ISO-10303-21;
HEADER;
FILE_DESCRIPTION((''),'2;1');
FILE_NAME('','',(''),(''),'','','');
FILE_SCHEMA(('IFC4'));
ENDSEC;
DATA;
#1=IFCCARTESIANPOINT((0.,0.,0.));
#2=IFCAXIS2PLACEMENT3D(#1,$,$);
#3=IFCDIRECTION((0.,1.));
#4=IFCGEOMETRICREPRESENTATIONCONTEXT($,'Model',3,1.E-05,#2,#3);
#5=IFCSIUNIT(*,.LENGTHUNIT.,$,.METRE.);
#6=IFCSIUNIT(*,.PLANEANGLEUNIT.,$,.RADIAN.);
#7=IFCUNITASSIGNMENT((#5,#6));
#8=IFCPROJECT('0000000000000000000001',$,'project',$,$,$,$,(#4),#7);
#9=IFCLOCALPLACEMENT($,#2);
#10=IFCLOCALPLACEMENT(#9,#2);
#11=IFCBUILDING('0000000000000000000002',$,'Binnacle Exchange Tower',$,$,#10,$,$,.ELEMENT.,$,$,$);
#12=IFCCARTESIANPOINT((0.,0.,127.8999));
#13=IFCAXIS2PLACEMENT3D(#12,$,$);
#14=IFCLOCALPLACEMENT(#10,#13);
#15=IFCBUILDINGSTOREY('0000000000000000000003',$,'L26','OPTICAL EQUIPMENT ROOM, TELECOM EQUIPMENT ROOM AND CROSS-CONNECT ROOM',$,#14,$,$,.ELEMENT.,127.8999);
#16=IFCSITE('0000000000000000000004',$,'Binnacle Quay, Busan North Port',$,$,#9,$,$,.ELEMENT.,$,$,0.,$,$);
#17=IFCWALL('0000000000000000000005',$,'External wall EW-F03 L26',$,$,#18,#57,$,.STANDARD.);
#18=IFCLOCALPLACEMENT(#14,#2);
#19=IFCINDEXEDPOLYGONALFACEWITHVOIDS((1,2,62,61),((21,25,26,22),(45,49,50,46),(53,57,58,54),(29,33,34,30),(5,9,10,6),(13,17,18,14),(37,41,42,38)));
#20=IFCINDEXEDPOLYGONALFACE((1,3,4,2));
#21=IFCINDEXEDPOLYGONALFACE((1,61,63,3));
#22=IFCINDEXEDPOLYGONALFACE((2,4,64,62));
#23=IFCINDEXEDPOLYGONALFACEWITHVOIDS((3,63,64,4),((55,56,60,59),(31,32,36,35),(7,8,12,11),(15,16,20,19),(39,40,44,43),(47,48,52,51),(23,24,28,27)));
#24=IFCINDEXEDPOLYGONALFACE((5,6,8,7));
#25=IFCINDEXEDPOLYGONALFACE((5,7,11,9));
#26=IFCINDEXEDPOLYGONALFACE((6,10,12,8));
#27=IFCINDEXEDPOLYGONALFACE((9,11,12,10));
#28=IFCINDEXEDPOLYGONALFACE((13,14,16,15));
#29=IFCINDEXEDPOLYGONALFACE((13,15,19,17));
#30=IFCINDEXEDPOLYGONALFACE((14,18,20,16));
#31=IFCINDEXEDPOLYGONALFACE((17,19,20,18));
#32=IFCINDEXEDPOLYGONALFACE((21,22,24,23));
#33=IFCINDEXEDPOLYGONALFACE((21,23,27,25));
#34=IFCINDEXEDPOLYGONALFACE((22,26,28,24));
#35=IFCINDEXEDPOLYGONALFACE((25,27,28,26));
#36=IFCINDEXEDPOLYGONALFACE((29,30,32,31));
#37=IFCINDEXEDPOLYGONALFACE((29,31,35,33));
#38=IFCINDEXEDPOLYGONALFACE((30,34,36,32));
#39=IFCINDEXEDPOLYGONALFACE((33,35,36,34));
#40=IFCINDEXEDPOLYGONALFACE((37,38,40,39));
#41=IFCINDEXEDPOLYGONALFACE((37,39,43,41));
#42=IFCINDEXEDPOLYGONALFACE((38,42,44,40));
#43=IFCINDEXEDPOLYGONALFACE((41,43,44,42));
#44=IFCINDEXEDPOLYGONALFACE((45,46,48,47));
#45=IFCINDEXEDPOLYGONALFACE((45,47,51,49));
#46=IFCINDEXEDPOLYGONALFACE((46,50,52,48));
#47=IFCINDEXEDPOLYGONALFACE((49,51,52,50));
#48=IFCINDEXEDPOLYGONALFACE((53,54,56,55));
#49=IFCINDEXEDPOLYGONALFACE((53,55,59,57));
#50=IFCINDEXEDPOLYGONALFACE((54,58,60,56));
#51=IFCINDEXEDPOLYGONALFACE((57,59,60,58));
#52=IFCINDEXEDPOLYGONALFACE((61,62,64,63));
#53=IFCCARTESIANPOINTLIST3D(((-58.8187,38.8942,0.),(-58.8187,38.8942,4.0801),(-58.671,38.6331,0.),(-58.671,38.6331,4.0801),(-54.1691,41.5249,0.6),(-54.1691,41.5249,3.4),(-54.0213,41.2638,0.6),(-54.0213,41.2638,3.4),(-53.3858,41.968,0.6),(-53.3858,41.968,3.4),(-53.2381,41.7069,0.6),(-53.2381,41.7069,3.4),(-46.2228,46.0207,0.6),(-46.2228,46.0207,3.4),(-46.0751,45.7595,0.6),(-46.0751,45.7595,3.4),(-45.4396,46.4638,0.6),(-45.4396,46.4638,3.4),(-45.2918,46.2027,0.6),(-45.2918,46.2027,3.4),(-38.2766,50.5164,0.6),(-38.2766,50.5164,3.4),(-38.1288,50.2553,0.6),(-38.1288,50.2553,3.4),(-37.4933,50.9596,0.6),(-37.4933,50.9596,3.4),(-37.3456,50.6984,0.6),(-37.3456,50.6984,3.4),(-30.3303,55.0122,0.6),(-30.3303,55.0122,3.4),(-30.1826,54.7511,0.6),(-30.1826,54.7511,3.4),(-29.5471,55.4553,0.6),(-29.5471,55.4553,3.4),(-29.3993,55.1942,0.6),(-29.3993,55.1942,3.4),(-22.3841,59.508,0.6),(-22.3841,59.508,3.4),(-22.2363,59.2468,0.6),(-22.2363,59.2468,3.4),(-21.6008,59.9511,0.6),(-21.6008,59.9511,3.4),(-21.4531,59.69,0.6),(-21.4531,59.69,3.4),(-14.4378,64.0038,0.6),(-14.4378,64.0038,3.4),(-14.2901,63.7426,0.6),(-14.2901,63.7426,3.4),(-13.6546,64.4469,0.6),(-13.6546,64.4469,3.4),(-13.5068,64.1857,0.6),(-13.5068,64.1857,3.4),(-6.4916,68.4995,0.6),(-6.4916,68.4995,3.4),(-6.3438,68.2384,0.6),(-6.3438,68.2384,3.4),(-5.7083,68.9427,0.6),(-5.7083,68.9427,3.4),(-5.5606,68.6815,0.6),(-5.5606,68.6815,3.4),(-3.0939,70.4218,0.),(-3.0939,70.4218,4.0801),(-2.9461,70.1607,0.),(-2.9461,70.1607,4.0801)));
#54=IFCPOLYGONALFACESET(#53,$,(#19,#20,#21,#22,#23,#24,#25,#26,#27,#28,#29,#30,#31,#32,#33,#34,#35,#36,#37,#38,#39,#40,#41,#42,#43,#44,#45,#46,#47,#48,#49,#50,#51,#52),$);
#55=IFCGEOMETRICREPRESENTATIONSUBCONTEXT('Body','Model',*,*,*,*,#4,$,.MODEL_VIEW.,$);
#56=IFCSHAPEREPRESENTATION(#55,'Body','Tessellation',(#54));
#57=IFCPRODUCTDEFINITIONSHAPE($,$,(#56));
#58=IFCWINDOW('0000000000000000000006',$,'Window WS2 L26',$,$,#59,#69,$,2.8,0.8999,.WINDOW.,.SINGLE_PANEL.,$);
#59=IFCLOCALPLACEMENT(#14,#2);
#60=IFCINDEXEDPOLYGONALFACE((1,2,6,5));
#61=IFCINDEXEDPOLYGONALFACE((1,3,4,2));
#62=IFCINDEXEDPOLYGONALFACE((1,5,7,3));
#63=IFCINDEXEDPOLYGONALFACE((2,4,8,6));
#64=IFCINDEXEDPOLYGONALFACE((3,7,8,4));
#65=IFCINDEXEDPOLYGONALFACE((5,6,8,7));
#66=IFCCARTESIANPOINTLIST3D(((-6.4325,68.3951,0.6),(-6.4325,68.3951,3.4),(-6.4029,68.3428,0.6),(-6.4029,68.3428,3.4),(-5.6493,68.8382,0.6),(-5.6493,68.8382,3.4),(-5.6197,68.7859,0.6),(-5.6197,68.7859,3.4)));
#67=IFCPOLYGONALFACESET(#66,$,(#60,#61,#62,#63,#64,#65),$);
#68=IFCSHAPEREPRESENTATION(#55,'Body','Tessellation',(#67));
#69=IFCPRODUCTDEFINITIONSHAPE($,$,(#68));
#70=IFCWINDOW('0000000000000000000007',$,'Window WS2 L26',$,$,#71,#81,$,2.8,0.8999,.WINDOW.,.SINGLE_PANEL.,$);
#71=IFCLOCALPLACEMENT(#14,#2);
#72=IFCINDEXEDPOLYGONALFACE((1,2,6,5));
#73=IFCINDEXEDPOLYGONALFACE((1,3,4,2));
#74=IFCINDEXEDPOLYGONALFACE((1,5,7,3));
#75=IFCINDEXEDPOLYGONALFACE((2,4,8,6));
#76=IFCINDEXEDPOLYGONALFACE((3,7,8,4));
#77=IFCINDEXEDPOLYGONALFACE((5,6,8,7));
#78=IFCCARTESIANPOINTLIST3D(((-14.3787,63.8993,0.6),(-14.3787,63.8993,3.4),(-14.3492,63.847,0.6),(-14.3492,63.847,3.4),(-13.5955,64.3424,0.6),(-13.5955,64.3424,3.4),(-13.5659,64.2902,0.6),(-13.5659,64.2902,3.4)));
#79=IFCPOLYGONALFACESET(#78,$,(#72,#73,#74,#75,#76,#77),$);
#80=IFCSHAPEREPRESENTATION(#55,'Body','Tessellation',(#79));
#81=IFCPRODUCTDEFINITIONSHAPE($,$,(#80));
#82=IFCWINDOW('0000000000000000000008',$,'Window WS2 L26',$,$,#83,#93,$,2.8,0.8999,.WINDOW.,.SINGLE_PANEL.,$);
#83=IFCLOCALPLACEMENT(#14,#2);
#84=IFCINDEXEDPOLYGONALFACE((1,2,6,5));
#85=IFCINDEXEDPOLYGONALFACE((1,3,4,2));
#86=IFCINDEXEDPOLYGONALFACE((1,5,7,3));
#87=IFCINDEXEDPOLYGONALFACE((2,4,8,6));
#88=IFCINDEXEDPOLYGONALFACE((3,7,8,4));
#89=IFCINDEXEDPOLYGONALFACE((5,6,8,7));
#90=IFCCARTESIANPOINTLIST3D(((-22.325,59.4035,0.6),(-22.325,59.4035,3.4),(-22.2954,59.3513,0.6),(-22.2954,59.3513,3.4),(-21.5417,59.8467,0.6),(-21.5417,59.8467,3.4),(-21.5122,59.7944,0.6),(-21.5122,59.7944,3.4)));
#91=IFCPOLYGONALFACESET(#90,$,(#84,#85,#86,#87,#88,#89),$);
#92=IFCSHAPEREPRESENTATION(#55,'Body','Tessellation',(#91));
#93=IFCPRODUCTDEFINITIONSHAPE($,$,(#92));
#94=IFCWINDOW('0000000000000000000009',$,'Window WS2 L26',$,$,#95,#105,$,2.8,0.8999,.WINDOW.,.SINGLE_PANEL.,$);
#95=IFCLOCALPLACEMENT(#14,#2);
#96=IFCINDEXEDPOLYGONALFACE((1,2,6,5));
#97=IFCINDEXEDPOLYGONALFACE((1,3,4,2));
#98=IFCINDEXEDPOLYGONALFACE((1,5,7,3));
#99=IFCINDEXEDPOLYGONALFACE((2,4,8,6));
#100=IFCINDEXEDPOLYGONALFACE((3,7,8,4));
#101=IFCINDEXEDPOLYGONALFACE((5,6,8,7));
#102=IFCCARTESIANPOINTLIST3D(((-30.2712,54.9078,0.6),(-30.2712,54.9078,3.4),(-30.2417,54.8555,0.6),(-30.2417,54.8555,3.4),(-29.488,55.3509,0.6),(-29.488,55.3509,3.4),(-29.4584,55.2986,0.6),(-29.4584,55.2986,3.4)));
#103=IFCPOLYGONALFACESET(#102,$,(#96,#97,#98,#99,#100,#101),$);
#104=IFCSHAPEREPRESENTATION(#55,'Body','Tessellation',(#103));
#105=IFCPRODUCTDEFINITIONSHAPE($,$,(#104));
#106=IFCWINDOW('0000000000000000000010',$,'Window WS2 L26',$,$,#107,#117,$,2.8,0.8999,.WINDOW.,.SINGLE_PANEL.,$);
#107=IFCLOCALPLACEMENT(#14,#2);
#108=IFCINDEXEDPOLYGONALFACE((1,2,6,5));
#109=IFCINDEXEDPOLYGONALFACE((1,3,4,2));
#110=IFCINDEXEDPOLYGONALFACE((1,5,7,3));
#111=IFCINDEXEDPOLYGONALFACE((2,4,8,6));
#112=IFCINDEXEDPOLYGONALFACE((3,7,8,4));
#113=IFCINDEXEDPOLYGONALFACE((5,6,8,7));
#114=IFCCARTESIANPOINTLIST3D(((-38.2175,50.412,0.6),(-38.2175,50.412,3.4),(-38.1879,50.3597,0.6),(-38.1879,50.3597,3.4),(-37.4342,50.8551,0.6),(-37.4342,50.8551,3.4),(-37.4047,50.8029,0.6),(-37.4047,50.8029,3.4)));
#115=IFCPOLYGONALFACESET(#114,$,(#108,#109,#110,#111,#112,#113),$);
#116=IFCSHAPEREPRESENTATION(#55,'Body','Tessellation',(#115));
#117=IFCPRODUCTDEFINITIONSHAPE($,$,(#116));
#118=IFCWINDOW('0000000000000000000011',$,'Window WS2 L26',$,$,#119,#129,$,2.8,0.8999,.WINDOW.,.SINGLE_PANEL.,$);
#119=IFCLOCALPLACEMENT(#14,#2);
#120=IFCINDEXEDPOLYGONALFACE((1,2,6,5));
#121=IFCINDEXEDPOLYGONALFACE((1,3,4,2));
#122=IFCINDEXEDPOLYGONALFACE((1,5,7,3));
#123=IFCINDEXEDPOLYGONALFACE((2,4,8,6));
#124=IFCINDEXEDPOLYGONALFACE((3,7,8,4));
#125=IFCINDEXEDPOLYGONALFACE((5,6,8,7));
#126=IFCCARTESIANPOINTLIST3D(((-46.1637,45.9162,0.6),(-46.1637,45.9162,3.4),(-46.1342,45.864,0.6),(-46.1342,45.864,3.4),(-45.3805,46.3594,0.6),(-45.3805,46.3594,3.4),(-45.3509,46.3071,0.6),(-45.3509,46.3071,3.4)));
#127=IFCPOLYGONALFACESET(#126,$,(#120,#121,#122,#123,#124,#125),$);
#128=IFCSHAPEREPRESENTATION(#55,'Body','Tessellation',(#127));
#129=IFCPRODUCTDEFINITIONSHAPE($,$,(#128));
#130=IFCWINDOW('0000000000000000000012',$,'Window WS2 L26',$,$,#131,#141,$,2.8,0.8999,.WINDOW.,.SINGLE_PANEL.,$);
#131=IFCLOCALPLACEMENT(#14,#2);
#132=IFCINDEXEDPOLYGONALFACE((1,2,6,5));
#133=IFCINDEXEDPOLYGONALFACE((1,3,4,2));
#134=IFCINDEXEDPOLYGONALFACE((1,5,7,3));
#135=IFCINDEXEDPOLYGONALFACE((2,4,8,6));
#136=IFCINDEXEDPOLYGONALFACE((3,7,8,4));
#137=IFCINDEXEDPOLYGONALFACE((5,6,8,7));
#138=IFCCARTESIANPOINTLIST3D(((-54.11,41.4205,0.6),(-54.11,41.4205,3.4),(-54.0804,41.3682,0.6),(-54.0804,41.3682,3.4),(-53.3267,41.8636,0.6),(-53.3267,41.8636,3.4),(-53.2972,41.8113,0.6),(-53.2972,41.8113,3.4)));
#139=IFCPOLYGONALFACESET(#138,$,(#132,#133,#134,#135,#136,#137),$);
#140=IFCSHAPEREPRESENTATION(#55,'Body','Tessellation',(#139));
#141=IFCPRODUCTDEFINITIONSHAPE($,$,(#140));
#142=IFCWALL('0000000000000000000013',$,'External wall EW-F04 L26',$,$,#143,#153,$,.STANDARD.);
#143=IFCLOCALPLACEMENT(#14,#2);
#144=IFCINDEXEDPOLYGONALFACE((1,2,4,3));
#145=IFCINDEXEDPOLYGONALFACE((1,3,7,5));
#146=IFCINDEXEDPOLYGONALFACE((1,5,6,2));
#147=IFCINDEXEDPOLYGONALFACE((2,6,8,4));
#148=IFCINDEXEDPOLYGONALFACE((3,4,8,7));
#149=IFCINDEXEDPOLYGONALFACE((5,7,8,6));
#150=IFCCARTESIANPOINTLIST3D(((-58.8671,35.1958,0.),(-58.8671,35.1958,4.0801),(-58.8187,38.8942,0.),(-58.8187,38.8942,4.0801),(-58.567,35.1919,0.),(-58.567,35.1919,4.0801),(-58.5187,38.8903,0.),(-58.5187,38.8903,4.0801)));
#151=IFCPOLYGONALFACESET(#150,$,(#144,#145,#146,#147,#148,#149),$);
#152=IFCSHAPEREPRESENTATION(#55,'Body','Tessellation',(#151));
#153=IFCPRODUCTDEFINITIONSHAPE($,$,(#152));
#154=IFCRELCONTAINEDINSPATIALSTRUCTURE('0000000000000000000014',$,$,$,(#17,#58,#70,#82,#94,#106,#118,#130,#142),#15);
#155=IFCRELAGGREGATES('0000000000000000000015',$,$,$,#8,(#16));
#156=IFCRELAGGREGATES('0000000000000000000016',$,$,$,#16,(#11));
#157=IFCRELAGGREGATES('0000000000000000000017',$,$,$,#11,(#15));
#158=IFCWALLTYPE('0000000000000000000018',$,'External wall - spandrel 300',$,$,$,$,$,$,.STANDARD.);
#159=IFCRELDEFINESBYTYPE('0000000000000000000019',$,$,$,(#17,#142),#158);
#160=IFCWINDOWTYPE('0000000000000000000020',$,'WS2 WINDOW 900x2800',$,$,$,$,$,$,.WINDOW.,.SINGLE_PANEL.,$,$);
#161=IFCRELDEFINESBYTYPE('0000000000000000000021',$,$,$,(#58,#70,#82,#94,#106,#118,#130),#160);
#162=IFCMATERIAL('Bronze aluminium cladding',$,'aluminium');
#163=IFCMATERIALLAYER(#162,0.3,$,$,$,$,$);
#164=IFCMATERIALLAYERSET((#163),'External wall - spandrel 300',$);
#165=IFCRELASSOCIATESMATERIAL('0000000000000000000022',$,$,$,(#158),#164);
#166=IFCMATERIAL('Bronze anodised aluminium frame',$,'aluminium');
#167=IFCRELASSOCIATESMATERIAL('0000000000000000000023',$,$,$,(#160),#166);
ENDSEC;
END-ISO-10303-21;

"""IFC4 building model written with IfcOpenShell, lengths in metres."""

from ifc_helpers import new_model, si_unit, direction, frame, frame_2d, origin, place, context, subcontext, project, spatial, rectangle, extrude, material, layer, layer_set, type_object, element, fill, save


model = new_model("IFC4")

# Units and contexts
model_context = context("Model", 3, precision=1e-05, world=origin(), true_north=direction((0.0, 1.0)))
body_context = subcontext(model_context, "Body", "Model", "MODEL_VIEW")
ifc_project = project(units=[si_unit("LENGTHUNIT", "METRE"), si_unit("PLANEANGLEUNIT", "RADIAN")], contexts=[model_context])

# Site, building, storey
site_placement = place(None, origin())
site = spatial("IfcSite", under=ifc_project, at=site_placement, Name="Binnacle Quay, Busan North Port", CompositionType="ELEMENT", RefElevation=0.0)
building_placement = place(site_placement, origin())
building = spatial("IfcBuilding", under=site, at=building_placement, Name="Binnacle Exchange Tower", CompositionType="ELEMENT")
storey_placement = place(building_placement, frame((0.0, 0.0, 127.8999)))
storey = spatial("IfcBuildingStorey", under=building, at=storey_placement, Name="L26", Description="OPTICAL EQUIPMENT ROOM, TELECOM EQUIPMENT ROOM AND CROSS-CONNECT ROOM", CompositionType="ELEMENT", Elevation=127.8999)

# Wall, openings, windows
ifc_material_1 = material(Name="Bronze aluminium cladding", Category="aluminium")
ifc_layer_1 = layer(ifc_material_1, 0.3)
ifc_layer_set_1 = layer_set([ifc_layer_1], Name="External wall - spandrel 300")
wall_type_1 = type_object("IfcWallType", Name="External wall - spandrel 300", PredefinedType="STANDARD", material=ifc_layer_set_1)
wall_1_placement = place(storey_placement, frame((-58.7449, 38.7637, 0.0), z_axis=(0.0, 0.0, 1.0), x_axis=(0.870356, 0.492423, 0.0)))
wall_1 = element("IfcWall", 1, at=wall_1_placement, inside=storey, type_object=wall_type_1, Name="External wall EW-F03 L26", PredefinedType="STANDARD", context=body_context, shape_type="SweptSolid", body=[
    extrude(rectangle(XDim=64.0254, YDim=0.3, at=frame_2d((32.0127, 0.0))), origin(), (0.0, 0.0, 1.0), 4.0801),
])
opening_1_placement = place(wall_1_placement, frame((60.1216, 0.0, 0.6001)))
opening_1 = element("IfcOpeningElement", 2, at=opening_1_placement, cuts=wall_1, PredefinedType="OPENING", context=body_context, shape_type="SweptSolid", body=[
    extrude(rectangle(XDim=0.8999, YDim=2.8, at=frame_2d((0.45, 1.3999))), frame((0.0, 0.1599, 0.0), z_axis=(0.0, -1.0, 0.0), x_axis=(1.0, 0.0, 0.0)), (0.0, 0.0, 1.0), 0.3201),
])
opening_2_placement = place(wall_1_placement, frame((50.9917, 0.0, 0.6001)))
opening_2 = element("IfcOpeningElement", 3, at=opening_2_placement, cuts=wall_1, PredefinedType="OPENING", context=body_context, shape_type="SweptSolid", body=[
    extrude(rectangle(XDim=0.8999, YDim=2.8, at=frame_2d((0.45, 1.3999))), frame((0.0, 0.1599, 0.0), z_axis=(0.0, -1.0, 0.0), x_axis=(1.0, 0.0, 0.0)), (0.0, 0.0, 1.0), 0.3201),
])
opening_3_placement = place(wall_1_placement, frame((41.8618, 0.0, 0.6001)))
opening_3 = element("IfcOpeningElement", 4, at=opening_3_placement, cuts=wall_1, PredefinedType="OPENING", context=body_context, shape_type="SweptSolid", body=[
    extrude(rectangle(XDim=0.8999, YDim=2.8, at=frame_2d((0.45, 1.3999))), frame((0.0, 0.1599, 0.0), z_axis=(0.0, -1.0, 0.0), x_axis=(1.0, 0.0, 0.0)), (0.0, 0.0, 1.0), 0.3201),
])
opening_4_placement = place(wall_1_placement, frame((32.7319, 0.0, 0.6001)))
opening_4 = element("IfcOpeningElement", 5, at=opening_4_placement, cuts=wall_1, PredefinedType="OPENING", context=body_context, shape_type="SweptSolid", body=[
    extrude(rectangle(XDim=0.8999, YDim=2.8, at=frame_2d((0.45, 1.3999))), frame((0.0, 0.1599, 0.0), z_axis=(0.0, -1.0, 0.0), x_axis=(1.0, 0.0, 0.0)), (0.0, 0.0, 1.0), 0.3201),
])
opening_5_placement = place(wall_1_placement, frame((23.6021, 0.0, 0.6001)))
opening_5 = element("IfcOpeningElement", 6, at=opening_5_placement, cuts=wall_1, PredefinedType="OPENING", context=body_context, shape_type="SweptSolid", body=[
    extrude(rectangle(XDim=0.8999, YDim=2.8, at=frame_2d((0.45, 1.3999))), frame((0.0, 0.1599, 0.0), z_axis=(0.0, -1.0, 0.0), x_axis=(1.0, 0.0, 0.0)), (0.0, 0.0, 1.0), 0.3201),
])
opening_6_placement = place(wall_1_placement, frame((14.4722, 0.0, 0.6001)))
opening_6 = element("IfcOpeningElement", 7, at=opening_6_placement, cuts=wall_1, PredefinedType="OPENING", context=body_context, shape_type="SweptSolid", body=[
    extrude(rectangle(XDim=0.8999, YDim=2.8, at=frame_2d((0.45, 1.3999))), frame((0.0, 0.1599, 0.0), z_axis=(0.0, -1.0, 0.0), x_axis=(1.0, 0.0, 0.0)), (0.0, 0.0, 1.0), 0.3201),
])
opening_7_placement = place(wall_1_placement, frame((5.3423, 0.0, 0.6001)))
opening_7 = element("IfcOpeningElement", 8, at=opening_7_placement, cuts=wall_1, PredefinedType="OPENING", context=body_context, shape_type="SweptSolid", body=[
    extrude(rectangle(XDim=0.8999, YDim=2.8, at=frame_2d((0.45, 1.3999))), frame((0.0, 0.1599, 0.0), z_axis=(0.0, -1.0, 0.0), x_axis=(1.0, 0.0, 0.0)), (0.0, 0.0, 1.0), 0.3201),
])
ifc_material_2 = material(Name="Bronze anodised aluminium frame", Category="aluminium")
window_type = type_object("IfcWindowType", Name="WS2 WINDOW 900x2800", PartitioningType="SINGLE_PANEL", PredefinedType="WINDOW", material=ifc_material_2)
window_1_placement = place(opening_1_placement, origin())
window_1 = element("IfcWindow", 9, at=window_1_placement, inside=storey, type_object=window_type, Name="Window WS2 L26", OverallHeight=2.8, OverallWidth=0.8999, PartitioningType="SINGLE_PANEL", PredefinedType="WINDOW", context=body_context, shape_type="SweptSolid", body=[
    extrude(rectangle(XDim=0.8999, YDim=2.8, at=frame_2d((0.45, 1.3999))), frame((0.0, 0.03, 0.0), z_axis=(0.0, -1.0, 0.0), x_axis=(1.0, 0.0, 0.0)), (0.0, 0.0, 1.0), 0.0601),
])
fill(opening_1, window_1)
window_2_placement = place(opening_2_placement, origin())
window_2 = element("IfcWindow", 10, at=window_2_placement, inside=storey, type_object=window_type, Name="Window WS2 L26", OverallHeight=2.8, OverallWidth=0.8999, PartitioningType="SINGLE_PANEL", PredefinedType="WINDOW", context=body_context, shape_type="SweptSolid", body=[
    extrude(rectangle(XDim=0.8999, YDim=2.8, at=frame_2d((0.45, 1.3999))), frame((0.0, 0.03, 0.0), z_axis=(0.0, -1.0, 0.0), x_axis=(1.0, 0.0, 0.0)), (0.0, 0.0, 1.0), 0.0601),
])
fill(opening_2, window_2)
window_3_placement = place(opening_3_placement, origin())
window_3 = element("IfcWindow", 11, at=window_3_placement, inside=storey, type_object=window_type, Name="Window WS2 L26", OverallHeight=2.8, OverallWidth=0.8999, PartitioningType="SINGLE_PANEL", PredefinedType="WINDOW", context=body_context, shape_type="SweptSolid", body=[
    extrude(rectangle(XDim=0.8999, YDim=2.8, at=frame_2d((0.45, 1.3999))), frame((0.0, 0.03, 0.0), z_axis=(0.0, -1.0, 0.0), x_axis=(1.0, 0.0, 0.0)), (0.0, 0.0, 1.0), 0.0601),
])
fill(opening_3, window_3)
window_4_placement = place(opening_4_placement, origin())
window_4 = element("IfcWindow", 12, at=window_4_placement, inside=storey, type_object=window_type, Name="Window WS2 L26", OverallHeight=2.8, OverallWidth=0.8999, PartitioningType="SINGLE_PANEL", PredefinedType="WINDOW", context=body_context, shape_type="SweptSolid", body=[
    extrude(rectangle(XDim=0.8999, YDim=2.8, at=frame_2d((0.45, 1.3999))), frame((0.0, 0.03, 0.0), z_axis=(0.0, -1.0, 0.0), x_axis=(1.0, 0.0, 0.0)), (0.0, 0.0, 1.0), 0.0601),
])
fill(opening_4, window_4)
window_5_placement = place(opening_5_placement, origin())
window_5 = element("IfcWindow", 13, at=window_5_placement, inside=storey, type_object=window_type, Name="Window WS2 L26", OverallHeight=2.8, OverallWidth=0.8999, PartitioningType="SINGLE_PANEL", PredefinedType="WINDOW", context=body_context, shape_type="SweptSolid", body=[
    extrude(rectangle(XDim=0.8999, YDim=2.8, at=frame_2d((0.45, 1.3999))), frame((0.0, 0.03, 0.0), z_axis=(0.0, -1.0, 0.0), x_axis=(1.0, 0.0, 0.0)), (0.0, 0.0, 1.0), 0.0601),
])
fill(opening_5, window_5)
window_6_placement = place(opening_6_placement, origin())
window_6 = element("IfcWindow", 14, at=window_6_placement, inside=storey, type_object=window_type, Name="Window WS2 L26", OverallHeight=2.8, OverallWidth=0.8999, PartitioningType="SINGLE_PANEL", PredefinedType="WINDOW", context=body_context, shape_type="SweptSolid", body=[
    extrude(rectangle(XDim=0.8999, YDim=2.8, at=frame_2d((0.45, 1.3999))), frame((0.0, 0.03, 0.0), z_axis=(0.0, -1.0, 0.0), x_axis=(1.0, 0.0, 0.0)), (0.0, 0.0, 1.0), 0.0601),
])
fill(opening_6, window_6)
window_7_placement = place(opening_7_placement, origin())
window_7 = element("IfcWindow", 15, at=window_7_placement, inside=storey, type_object=window_type, Name="Window WS2 L26", OverallHeight=2.8, OverallWidth=0.8999, PartitioningType="SINGLE_PANEL", PredefinedType="WINDOW", context=body_context, shape_type="SweptSolid", body=[
    extrude(rectangle(XDim=0.8999, YDim=2.8, at=frame_2d((0.45, 1.3999))), frame((0.0, 0.03, 0.0), z_axis=(0.0, -1.0, 0.0), x_axis=(1.0, 0.0, 0.0)), (0.0, 0.0, 1.0), 0.0601),
])
fill(opening_7, window_7)

# Wall
wall_2_placement = place(storey_placement, frame((-58.717, 35.1938, 0.0), z_axis=(0.0, 0.0, 1.0), x_axis=(0.013069, 0.999915, 0.0)))
element("IfcWall", 16, at=wall_2_placement, inside=storey, type_object=wall_type_1, Name="External wall EW-F04 L26", PredefinedType="STANDARD", context=body_context, shape_type="SweptSolid", body=[
    extrude(rectangle(XDim=3.6987, YDim=0.3, at=frame_2d((1.8494, 0.0))), origin(), (0.0, 0.0, 1.0), 4.0801),
])

save(model, "model.ifc")
